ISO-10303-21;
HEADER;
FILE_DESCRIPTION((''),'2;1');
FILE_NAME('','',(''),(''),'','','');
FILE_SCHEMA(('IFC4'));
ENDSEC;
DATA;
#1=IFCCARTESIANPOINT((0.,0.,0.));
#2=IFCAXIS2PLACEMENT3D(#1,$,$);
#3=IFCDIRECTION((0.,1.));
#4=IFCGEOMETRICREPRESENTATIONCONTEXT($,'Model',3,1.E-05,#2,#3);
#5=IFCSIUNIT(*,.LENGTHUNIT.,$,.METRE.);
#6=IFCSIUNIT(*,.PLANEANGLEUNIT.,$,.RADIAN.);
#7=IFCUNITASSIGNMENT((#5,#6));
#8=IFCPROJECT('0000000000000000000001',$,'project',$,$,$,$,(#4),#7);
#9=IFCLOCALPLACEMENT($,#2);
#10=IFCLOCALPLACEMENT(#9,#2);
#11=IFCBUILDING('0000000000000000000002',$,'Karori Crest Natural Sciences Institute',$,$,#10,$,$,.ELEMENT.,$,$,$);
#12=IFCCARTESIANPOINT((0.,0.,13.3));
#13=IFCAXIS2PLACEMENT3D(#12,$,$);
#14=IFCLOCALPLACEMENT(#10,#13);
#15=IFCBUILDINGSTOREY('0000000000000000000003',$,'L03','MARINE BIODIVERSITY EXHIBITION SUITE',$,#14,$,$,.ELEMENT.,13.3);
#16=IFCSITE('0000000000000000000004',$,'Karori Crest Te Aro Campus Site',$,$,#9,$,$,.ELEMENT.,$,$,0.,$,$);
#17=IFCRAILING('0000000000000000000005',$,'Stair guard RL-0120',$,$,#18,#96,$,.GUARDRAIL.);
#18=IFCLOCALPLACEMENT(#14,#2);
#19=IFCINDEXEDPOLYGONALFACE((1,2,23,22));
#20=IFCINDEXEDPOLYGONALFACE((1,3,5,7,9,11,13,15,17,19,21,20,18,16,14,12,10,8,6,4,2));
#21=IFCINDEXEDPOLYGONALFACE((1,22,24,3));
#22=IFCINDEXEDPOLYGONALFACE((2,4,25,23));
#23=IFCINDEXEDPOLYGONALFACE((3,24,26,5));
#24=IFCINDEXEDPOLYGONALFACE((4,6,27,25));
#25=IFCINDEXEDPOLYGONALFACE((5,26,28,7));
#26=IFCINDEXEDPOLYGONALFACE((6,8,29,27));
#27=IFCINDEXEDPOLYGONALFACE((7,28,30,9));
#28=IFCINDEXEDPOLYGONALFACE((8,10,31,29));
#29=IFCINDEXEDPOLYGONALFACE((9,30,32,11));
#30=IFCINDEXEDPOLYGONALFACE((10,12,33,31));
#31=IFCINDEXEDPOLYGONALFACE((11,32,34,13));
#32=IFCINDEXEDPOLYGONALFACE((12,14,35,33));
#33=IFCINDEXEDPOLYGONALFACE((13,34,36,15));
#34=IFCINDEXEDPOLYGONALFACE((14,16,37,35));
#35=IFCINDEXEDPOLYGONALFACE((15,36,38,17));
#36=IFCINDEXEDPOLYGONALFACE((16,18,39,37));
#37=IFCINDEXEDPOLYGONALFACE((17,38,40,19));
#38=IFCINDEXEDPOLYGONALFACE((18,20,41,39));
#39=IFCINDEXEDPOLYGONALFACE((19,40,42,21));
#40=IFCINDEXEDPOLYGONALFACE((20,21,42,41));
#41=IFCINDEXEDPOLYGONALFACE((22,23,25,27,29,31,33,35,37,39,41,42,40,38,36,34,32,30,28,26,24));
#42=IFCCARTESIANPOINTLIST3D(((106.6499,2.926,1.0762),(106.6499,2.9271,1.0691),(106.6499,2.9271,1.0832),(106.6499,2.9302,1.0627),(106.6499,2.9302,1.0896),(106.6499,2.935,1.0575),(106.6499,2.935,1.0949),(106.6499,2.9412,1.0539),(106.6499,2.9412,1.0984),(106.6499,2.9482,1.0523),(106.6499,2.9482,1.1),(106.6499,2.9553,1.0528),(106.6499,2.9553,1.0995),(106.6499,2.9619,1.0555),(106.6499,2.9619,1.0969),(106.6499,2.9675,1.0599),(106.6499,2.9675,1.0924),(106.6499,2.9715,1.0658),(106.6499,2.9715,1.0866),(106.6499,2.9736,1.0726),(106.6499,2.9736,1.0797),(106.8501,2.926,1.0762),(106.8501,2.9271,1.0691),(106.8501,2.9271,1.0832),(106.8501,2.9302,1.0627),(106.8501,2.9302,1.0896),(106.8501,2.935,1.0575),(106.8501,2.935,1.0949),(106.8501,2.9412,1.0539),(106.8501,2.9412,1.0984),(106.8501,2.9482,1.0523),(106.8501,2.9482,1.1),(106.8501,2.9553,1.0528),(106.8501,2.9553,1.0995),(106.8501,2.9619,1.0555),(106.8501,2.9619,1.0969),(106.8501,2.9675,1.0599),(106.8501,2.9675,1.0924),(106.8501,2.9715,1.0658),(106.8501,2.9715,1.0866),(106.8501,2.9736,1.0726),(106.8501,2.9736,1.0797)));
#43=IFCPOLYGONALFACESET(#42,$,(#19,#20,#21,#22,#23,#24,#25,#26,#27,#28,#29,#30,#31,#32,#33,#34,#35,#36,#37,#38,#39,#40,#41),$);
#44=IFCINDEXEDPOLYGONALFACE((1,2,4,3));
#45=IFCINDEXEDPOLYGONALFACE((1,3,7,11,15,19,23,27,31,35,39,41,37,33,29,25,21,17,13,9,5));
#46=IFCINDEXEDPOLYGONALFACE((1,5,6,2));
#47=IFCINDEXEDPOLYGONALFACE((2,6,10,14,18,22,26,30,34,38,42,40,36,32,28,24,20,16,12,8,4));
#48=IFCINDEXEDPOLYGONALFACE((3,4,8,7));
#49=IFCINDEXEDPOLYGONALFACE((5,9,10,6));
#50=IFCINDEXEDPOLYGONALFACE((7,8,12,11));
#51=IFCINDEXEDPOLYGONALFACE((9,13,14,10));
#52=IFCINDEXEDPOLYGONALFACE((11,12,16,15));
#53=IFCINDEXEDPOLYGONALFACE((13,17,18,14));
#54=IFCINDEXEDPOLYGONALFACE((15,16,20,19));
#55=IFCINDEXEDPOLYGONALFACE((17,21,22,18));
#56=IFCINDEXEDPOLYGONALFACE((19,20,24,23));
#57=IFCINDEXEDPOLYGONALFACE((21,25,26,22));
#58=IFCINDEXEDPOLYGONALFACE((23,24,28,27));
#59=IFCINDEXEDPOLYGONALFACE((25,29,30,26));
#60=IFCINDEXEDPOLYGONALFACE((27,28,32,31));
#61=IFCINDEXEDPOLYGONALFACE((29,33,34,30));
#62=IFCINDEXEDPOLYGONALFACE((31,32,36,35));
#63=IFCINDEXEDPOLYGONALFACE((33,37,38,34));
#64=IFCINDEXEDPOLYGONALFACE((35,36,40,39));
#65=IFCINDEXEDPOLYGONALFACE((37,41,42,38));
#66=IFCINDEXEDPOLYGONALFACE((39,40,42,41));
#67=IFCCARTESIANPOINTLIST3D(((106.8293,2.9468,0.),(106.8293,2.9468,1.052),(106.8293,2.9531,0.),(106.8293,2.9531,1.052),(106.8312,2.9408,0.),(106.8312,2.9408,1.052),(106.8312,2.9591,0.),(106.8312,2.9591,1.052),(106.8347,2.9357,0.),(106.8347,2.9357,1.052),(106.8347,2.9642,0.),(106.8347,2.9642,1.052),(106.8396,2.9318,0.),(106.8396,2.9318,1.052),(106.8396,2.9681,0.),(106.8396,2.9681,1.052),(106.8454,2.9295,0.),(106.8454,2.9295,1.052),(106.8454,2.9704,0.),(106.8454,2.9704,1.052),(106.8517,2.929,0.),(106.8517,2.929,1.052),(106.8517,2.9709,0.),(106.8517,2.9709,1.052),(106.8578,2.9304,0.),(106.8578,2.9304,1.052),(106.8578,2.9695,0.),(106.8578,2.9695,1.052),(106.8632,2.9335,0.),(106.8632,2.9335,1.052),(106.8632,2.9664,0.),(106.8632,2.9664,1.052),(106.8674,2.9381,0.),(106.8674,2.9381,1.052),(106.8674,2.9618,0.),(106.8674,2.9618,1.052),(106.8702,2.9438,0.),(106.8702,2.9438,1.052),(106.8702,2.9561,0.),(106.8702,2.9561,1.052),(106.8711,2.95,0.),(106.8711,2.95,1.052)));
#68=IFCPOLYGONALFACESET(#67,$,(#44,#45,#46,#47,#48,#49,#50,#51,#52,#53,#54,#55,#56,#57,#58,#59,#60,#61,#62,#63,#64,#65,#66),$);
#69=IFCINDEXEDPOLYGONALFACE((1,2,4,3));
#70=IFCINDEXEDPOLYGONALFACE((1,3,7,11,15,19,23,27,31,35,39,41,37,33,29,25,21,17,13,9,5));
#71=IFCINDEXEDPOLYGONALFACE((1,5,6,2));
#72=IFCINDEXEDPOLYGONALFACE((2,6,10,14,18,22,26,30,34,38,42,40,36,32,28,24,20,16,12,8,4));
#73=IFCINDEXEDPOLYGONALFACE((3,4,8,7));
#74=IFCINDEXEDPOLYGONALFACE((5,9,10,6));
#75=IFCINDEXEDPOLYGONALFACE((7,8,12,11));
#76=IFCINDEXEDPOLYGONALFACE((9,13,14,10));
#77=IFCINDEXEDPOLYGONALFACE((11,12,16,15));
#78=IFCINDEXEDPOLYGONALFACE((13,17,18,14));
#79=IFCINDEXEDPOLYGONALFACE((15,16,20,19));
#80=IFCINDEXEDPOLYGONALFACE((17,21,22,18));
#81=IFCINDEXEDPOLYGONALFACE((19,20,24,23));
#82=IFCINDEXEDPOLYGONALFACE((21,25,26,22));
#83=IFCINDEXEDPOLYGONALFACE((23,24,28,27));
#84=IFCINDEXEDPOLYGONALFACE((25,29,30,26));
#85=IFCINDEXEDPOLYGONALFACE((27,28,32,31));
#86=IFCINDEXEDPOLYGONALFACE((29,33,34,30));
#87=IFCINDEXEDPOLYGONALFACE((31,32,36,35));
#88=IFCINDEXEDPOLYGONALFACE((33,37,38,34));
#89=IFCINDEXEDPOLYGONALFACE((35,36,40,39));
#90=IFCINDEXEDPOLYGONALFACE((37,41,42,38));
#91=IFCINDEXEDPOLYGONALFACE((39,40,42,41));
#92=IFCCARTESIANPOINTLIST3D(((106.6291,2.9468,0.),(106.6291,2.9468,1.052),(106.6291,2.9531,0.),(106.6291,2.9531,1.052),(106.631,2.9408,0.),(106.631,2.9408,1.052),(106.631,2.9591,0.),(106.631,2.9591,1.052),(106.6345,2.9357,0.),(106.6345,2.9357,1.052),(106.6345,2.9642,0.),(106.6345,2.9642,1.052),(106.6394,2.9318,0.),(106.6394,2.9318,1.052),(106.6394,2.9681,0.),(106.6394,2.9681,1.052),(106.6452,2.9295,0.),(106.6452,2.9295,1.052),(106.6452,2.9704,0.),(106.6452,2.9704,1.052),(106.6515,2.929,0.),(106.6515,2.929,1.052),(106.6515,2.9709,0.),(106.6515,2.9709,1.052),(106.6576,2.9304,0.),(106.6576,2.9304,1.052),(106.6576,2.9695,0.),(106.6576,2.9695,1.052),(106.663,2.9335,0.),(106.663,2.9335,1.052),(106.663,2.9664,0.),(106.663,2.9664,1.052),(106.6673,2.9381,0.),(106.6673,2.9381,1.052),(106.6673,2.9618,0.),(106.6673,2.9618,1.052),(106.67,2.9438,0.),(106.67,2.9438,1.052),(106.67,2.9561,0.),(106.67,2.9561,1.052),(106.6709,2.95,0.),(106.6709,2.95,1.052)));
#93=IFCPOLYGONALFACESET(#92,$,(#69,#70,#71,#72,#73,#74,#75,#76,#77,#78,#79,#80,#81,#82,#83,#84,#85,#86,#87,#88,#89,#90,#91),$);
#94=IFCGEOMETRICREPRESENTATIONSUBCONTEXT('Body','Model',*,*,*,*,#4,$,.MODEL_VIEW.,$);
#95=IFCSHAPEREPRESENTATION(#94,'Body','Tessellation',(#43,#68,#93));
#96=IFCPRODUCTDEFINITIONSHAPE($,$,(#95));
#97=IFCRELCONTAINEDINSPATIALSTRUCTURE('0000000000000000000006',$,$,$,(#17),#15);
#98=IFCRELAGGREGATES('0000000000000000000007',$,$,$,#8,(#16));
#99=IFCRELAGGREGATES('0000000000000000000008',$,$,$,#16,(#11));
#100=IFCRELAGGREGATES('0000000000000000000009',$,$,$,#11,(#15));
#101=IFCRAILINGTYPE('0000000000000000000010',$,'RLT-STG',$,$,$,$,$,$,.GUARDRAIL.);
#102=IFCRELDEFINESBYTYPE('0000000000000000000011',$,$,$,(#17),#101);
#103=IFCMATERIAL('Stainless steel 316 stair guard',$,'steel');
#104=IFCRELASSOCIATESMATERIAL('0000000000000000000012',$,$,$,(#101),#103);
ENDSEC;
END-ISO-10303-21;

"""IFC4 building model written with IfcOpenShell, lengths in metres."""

from ifc_helpers import new_model, si_unit, direction, frame, origin, origin_2d, place, context, subcontext, project, spatial, circle, extrude, material, type_object, element, save


model = new_model("IFC4")

# Units and contexts
model_context = context("Model", 3, precision=1e-05, world=origin(), true_north=direction((0.0, 1.0)))
body_context = subcontext(model_context, "Body", "Model", "MODEL_VIEW")
ifc_project = project(units=[si_unit("LENGTHUNIT", "METRE"), si_unit("PLANEANGLEUNIT", "RADIAN")], contexts=[model_context])

# Site, building, storey
site_placement = place(None, origin())
site = spatial("IfcSite", under=ifc_project, at=site_placement, Name="Karori Crest Te Aro Campus Site", CompositionType="ELEMENT", RefElevation=0.0)
building_placement = place(site_placement, origin())
building = spatial("IfcBuilding", under=site, at=building_placement, Name="Karori Crest Natural Sciences Institute", CompositionType="ELEMENT")
storey_placement = place(building_placement, frame((0.0, 0.0, 13.3)))
storey = spatial("IfcBuildingStorey", under=building, at=storey_placement, Name="L03", Description="MARINE BIODIVERSITY EXHIBITION SUITE", CompositionType="ELEMENT", Elevation=13.3)

# Railing
ifc_material_1 = material(Name="Stainless steel 316 stair guard", Category="steel")
railing_type_1 = type_object("IfcRailingType", Name="RLT-STG", PredefinedType="GUARDRAIL", material=ifc_material_1)
railing_1_placement = place(storey_placement, frame((106.8501, 2.95, 0.0)))
element("IfcRailing", 1, at=railing_1_placement, inside=storey, type_object=railing_type_1, Name="Stair guard RL-0120", PredefinedType="GUARDRAIL", context=body_context, shape_type="SweptSolid", body=[
    extrude(circle(Radius=0.0239, at=origin_2d()), frame((0.0, 0.0, 1.0762), z_axis=(-1.0, 0.0, 0.0), x_axis=(0.0, -1.0, 0.0)), (0.0, 0.0, 1.0), 0.2002),
    extrude(circle(Radius=0.021, at=origin_2d()), origin(), (0.0, 0.0, 1.0), 1.052),
    extrude(circle(Radius=0.021, at=origin_2d()), frame((-0.2002, 0.0, 0.0)), (0.0, 0.0, 1.0), 1.052),
])

save(model, "model.ifc")
